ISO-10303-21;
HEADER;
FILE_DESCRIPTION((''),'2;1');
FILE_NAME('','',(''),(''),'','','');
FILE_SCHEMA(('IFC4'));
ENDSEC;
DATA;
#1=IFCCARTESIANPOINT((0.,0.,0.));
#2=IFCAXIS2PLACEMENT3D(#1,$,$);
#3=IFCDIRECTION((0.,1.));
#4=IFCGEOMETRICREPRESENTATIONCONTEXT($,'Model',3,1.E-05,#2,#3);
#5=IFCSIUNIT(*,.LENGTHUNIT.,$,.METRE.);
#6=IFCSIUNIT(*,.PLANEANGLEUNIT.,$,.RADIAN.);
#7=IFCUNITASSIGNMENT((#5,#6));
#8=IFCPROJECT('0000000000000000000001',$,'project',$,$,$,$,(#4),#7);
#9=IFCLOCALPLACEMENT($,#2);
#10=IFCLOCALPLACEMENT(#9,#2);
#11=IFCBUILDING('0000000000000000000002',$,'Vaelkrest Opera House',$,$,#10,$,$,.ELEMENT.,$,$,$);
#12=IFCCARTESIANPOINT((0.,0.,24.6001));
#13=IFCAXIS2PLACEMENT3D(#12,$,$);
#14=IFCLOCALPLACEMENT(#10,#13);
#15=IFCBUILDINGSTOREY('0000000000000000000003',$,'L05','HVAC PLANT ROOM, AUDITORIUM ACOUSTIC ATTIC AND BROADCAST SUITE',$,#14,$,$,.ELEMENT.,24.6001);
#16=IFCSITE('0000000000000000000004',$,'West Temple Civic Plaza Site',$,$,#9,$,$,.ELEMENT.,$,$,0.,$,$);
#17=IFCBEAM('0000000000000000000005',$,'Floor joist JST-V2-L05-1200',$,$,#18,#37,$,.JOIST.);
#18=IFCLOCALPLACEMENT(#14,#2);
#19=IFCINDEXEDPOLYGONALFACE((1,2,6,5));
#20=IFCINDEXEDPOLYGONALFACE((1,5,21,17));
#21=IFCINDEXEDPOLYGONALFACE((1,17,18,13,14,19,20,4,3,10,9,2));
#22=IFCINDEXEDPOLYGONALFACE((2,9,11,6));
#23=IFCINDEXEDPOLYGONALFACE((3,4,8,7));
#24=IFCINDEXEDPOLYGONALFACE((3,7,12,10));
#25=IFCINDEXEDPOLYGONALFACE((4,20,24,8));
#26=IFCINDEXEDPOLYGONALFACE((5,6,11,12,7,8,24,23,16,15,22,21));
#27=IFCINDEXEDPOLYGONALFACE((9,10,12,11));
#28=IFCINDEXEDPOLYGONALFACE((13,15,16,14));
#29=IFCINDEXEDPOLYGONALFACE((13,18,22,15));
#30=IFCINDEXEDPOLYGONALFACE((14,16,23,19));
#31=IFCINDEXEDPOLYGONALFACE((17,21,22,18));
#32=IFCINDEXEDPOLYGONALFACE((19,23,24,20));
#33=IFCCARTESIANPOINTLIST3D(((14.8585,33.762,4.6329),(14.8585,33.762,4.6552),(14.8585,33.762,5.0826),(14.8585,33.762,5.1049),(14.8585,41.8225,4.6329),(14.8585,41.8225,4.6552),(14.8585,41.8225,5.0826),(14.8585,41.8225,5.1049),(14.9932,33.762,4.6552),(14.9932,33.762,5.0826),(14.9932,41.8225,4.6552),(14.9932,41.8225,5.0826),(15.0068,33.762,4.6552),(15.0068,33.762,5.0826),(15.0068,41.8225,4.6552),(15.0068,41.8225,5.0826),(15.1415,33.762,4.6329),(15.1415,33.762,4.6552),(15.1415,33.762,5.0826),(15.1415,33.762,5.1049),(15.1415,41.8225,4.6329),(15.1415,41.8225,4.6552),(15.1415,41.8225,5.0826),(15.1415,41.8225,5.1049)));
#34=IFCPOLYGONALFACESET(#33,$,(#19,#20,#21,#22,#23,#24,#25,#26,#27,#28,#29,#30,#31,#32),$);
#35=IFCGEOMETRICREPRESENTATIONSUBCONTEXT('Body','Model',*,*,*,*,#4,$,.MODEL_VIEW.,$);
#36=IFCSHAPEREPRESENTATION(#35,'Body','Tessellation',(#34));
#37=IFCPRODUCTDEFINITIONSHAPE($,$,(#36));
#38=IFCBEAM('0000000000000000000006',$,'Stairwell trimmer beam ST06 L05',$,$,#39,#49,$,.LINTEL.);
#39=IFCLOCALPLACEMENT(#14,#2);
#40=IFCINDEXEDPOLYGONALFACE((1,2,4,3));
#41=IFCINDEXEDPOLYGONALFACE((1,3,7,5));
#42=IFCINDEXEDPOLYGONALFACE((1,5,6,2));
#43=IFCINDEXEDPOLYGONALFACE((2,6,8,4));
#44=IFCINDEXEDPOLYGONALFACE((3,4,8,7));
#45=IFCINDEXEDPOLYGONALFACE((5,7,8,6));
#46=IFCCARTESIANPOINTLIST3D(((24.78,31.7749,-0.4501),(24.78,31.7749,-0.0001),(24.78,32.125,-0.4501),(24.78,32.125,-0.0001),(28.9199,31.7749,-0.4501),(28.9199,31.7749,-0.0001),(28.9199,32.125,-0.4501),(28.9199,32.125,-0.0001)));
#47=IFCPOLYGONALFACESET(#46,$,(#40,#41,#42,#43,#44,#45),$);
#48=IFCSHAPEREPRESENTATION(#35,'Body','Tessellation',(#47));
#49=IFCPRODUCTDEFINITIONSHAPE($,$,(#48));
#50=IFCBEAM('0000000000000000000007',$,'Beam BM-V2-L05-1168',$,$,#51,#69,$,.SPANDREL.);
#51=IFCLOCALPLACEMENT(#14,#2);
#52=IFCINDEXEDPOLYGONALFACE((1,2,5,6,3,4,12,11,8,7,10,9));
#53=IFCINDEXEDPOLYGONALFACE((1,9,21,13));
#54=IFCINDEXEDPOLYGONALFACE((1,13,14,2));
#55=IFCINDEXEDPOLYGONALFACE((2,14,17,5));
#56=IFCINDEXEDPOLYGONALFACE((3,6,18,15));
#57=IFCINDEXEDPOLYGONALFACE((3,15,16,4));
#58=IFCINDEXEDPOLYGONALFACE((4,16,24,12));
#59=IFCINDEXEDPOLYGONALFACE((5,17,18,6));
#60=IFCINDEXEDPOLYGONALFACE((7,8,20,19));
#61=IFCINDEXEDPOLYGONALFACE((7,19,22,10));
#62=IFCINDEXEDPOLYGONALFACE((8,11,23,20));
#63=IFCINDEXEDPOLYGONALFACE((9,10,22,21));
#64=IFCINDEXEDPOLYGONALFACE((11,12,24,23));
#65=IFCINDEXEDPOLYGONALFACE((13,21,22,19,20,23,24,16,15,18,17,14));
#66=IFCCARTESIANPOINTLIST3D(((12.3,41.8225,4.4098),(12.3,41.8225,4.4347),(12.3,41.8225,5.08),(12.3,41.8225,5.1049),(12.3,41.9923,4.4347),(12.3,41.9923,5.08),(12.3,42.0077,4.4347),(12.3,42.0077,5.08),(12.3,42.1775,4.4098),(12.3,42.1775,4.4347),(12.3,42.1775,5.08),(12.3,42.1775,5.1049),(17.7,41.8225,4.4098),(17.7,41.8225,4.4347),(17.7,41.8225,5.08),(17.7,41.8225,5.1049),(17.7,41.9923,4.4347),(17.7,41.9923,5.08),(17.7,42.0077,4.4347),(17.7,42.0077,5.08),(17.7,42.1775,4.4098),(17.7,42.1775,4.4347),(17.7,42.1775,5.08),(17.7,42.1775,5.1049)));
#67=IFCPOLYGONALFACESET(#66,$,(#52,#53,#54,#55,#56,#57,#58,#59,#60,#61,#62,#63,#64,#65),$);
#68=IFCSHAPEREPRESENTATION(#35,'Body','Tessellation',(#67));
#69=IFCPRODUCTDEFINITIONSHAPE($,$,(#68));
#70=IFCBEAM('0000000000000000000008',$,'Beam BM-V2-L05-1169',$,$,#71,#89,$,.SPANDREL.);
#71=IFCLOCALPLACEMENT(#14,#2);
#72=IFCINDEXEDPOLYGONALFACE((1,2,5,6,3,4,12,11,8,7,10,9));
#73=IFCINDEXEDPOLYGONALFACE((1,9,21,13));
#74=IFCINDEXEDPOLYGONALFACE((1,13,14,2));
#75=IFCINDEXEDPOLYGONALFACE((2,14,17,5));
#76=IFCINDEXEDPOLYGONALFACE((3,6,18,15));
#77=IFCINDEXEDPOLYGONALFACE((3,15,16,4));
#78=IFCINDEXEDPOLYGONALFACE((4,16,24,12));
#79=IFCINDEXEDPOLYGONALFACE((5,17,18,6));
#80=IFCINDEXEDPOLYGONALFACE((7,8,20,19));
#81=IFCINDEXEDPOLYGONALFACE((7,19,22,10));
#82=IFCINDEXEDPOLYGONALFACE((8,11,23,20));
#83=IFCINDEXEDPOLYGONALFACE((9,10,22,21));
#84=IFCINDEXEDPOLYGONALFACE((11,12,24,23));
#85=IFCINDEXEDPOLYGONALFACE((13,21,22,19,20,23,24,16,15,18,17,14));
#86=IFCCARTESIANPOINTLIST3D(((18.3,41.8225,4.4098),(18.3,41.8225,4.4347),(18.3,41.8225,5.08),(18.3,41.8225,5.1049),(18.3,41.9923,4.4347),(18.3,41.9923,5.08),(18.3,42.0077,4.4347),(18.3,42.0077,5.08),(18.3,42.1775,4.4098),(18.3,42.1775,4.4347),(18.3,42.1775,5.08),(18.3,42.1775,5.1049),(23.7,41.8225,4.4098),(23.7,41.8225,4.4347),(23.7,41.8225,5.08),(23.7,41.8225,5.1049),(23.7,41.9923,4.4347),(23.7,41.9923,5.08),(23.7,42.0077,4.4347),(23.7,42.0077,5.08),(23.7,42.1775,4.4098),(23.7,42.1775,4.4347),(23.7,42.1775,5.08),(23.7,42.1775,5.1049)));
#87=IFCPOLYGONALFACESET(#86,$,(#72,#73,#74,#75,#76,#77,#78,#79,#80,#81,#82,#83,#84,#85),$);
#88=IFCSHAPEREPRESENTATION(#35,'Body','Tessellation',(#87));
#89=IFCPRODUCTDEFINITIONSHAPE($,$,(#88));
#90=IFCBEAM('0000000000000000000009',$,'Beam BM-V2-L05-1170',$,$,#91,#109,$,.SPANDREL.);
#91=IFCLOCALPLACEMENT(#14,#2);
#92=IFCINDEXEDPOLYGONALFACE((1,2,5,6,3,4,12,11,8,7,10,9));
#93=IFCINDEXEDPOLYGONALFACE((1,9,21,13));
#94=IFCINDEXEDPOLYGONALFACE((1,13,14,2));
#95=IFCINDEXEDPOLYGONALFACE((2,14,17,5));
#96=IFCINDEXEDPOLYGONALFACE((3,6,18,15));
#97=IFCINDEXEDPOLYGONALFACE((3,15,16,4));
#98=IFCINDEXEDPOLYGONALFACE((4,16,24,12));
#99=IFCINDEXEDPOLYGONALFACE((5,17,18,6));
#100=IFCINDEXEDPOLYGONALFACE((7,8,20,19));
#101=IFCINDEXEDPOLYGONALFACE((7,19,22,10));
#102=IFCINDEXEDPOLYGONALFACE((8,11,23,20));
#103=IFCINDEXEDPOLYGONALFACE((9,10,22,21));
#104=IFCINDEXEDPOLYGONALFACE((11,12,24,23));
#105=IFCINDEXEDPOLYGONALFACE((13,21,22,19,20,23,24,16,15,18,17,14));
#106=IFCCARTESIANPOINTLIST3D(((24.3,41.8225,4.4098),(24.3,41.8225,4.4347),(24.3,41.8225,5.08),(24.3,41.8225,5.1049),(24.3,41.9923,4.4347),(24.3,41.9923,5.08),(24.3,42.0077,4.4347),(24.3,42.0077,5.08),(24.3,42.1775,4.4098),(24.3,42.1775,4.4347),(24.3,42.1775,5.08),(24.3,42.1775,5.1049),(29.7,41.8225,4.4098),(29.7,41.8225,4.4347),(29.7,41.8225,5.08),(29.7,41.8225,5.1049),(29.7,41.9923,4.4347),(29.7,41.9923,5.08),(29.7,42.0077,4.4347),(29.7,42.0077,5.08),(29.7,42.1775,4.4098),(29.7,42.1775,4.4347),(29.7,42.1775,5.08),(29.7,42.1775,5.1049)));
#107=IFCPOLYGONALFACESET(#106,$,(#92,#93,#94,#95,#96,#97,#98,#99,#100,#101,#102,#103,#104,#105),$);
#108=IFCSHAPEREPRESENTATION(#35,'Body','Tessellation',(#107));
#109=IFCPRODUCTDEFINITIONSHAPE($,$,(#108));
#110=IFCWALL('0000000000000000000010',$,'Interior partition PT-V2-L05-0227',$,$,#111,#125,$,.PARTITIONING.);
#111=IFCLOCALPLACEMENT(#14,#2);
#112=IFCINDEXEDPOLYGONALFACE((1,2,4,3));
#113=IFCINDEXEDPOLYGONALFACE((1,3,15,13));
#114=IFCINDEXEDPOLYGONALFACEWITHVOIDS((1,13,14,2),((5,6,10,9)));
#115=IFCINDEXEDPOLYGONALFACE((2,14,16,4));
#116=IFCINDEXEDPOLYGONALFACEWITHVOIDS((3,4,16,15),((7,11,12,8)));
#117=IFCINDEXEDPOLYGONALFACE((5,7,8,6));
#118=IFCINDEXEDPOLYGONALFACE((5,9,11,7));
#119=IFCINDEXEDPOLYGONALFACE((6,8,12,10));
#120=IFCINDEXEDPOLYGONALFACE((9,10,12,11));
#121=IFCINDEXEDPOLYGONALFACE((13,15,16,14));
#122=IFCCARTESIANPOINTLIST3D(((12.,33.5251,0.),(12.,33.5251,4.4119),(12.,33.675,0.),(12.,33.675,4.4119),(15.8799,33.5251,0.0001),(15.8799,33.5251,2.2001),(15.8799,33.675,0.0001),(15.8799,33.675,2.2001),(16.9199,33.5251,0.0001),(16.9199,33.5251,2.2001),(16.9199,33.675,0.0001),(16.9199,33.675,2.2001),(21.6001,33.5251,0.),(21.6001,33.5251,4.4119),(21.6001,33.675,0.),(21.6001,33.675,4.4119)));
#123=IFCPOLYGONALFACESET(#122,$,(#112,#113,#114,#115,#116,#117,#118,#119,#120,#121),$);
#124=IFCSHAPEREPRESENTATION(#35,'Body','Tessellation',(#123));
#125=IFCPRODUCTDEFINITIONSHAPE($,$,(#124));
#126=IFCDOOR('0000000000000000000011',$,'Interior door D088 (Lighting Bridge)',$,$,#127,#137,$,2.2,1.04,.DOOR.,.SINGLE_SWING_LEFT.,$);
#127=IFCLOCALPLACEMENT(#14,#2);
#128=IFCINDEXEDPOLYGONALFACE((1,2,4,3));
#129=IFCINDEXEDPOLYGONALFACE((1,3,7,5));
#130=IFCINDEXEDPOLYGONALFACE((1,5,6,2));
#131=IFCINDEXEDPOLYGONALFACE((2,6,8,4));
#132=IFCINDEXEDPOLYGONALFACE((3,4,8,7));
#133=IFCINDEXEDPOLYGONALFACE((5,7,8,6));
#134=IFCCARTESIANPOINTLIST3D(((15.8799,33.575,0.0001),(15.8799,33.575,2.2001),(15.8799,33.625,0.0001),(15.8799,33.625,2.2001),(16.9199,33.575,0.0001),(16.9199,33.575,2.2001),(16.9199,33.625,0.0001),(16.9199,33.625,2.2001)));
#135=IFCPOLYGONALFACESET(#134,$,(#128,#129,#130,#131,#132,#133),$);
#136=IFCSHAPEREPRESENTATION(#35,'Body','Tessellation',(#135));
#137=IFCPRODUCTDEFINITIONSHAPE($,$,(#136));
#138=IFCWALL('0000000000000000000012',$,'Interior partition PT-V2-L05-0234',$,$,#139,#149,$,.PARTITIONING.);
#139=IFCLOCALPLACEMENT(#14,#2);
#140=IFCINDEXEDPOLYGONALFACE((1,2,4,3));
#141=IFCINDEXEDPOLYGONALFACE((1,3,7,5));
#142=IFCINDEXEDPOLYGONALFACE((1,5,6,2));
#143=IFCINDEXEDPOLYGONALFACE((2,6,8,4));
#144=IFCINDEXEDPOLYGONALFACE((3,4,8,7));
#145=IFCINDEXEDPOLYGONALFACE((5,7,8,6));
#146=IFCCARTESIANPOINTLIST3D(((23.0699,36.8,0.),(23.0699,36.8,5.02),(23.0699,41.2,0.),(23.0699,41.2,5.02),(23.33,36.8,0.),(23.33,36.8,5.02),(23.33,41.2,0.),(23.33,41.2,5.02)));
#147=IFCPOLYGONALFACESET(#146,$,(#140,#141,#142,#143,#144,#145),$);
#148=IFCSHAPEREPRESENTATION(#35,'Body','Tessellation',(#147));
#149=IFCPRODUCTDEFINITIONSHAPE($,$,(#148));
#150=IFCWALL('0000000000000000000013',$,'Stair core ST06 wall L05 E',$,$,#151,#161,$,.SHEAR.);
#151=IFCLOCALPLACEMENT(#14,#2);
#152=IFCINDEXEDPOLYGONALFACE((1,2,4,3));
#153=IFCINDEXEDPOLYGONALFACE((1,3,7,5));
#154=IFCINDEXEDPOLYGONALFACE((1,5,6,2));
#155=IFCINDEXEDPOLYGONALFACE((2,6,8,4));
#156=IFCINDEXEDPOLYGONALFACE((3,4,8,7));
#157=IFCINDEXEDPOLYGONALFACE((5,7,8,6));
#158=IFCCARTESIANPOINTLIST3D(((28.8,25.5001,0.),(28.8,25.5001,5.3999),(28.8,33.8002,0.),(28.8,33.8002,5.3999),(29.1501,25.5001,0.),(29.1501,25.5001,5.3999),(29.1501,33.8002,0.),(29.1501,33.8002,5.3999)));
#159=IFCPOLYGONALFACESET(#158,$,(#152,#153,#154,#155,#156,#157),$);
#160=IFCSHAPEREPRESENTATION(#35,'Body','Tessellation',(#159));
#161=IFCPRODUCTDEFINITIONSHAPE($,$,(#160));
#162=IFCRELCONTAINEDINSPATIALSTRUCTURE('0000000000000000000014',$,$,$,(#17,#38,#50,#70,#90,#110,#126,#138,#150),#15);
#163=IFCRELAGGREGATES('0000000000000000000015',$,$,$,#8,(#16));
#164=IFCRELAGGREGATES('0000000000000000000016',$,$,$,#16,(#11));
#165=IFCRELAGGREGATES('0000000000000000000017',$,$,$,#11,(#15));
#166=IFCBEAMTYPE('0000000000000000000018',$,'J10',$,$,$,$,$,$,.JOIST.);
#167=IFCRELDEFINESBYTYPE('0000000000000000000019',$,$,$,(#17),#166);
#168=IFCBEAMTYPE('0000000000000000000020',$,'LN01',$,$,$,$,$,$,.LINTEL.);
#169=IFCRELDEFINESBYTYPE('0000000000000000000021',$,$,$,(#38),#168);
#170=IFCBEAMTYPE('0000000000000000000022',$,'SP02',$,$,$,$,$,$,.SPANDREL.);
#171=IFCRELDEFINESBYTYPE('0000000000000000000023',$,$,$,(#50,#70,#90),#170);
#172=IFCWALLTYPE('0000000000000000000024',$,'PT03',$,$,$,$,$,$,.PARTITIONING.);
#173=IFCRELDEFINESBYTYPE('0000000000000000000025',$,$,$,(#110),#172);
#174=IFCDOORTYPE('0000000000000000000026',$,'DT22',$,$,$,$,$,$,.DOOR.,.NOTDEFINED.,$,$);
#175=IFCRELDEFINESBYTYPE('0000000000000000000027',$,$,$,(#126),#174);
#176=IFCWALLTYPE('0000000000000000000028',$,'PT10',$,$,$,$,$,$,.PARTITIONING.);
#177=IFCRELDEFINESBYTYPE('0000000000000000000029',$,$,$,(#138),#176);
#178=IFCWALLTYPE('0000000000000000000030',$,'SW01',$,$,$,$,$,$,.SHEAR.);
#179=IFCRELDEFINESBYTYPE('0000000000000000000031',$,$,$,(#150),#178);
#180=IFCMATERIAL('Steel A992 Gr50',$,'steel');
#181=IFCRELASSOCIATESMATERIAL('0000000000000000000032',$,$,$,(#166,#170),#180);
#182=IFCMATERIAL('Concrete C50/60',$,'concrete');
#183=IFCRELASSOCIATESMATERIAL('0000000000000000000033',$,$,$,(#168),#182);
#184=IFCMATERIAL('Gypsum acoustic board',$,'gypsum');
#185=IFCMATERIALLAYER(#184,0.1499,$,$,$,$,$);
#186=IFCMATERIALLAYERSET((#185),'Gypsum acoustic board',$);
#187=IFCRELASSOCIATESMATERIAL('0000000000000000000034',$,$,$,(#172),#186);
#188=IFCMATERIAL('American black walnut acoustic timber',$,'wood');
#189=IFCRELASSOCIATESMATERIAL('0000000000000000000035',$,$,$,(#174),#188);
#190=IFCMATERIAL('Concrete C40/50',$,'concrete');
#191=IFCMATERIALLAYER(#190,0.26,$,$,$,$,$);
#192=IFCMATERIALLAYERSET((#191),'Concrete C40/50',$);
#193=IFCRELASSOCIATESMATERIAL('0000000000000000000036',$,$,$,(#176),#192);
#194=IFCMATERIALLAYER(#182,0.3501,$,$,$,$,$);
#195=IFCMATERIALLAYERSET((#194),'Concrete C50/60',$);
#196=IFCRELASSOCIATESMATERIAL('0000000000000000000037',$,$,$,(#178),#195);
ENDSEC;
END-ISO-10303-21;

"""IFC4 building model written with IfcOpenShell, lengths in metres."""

from ifc_helpers import new_model, si_unit, direction, frame, frame_2d, origin, origin_2d, place, context, subcontext, project, spatial, rectangle, i_section, extrude, material, layer, layer_set, material_profile, profile_set, type_object, element, fill, save


model = new_model("IFC4")

# Units and contexts
model_context = context("Model", 3, precision=1e-05, world=origin(), true_north=direction((0.0, 1.0)))
body_context = subcontext(model_context, "Body", "Model", "MODEL_VIEW")
ifc_project = project(units=[si_unit("LENGTHUNIT", "METRE"), si_unit("PLANEANGLEUNIT", "RADIAN")], contexts=[model_context])

# Site, building, storey
site_placement = place(None, origin())
site = spatial("IfcSite", under=ifc_project, at=site_placement, Name="West Temple Civic Plaza Site", CompositionType="ELEMENT", RefElevation=0.0)
building_placement = place(site_placement, origin())
building = spatial("IfcBuilding", under=site, at=building_placement, Name="Vaelkrest Opera House", CompositionType="ELEMENT")
storey_placement = place(building_placement, frame((0.0, 0.0, 24.6001)))
storey = spatial("IfcBuildingStorey", under=building, at=storey_placement, Name="L05", Description="HVAC PLANT ROOM, AUDITORIUM ACOUSTIC ATTIC AND BROADCAST SUITE", CompositionType="ELEMENT", Elevation=24.6001)

# Shared definitions
ifc_material_1 = material(Name="Concrete C50/60", Category="concrete")

# Beams
ifc_material_2 = material(Name="Steel A992 Gr50", Category="steel")
ifc_material_profile_1 = material_profile(ifc_material_2, i_section(OverallWidth=0.283, OverallDepth=0.4719, WebThickness=0.0137, FlangeThickness=0.0222, at=origin_2d()), Name="W18X97")
ifc_profile_set_1 = profile_set([ifc_material_profile_1], Name="Steel A992 Gr50")
beam_type_1 = type_object("IfcBeamType", Name="J10", PredefinedType="JOIST", material=ifc_profile_set_1)
beam_1_placement = place(storey_placement, frame((15.0, 33.762, 4.8689), z_axis=(0.0, 1.0, 0.0), x_axis=(-1.0, 0.0, 0.0)))
element("IfcBeam", 1, at=beam_1_placement, inside=storey, type_object=beam_type_1, Name="Floor joist JST-V2-L05-1200", PredefinedType="JOIST", context=body_context, shape_type="SweptSolid", body=[
    extrude(i_section(OverallWidth=0.283, OverallDepth=0.4719, WebThickness=0.0137, FlangeThickness=0.0222, at=origin_2d()), origin(), (0.0, 0.0, 1.0), 8.0605),
])
ifc_material_profile_2 = material_profile(ifc_material_1, rectangle(XDim=0.3501, YDim=0.45, at=origin_2d()), Name="RCB350X450")
ifc_profile_set_2 = profile_set([ifc_material_profile_2], Name="Concrete C50/60")
beam_type_2 = type_object("IfcBeamType", Name="LN01", PredefinedType="LINTEL", material=ifc_profile_set_2)
beam_2_placement = place(storey_placement, frame((24.78, 31.95, -0.2251), z_axis=(1.0, 0.0, 0.0), x_axis=(0.0, 1.0, 0.0)))
element("IfcBeam", 2, at=beam_2_placement, inside=storey, type_object=beam_type_2, Name="Stairwell trimmer beam ST06 L05", PredefinedType="LINTEL", context=body_context, shape_type="SweptSolid", body=[
    extrude(rectangle(XDim=0.3501, YDim=0.45, at=origin_2d()), origin(), (0.0, 0.0, 1.0), 4.1399),
])
ifc_material_profile_3 = material_profile(ifc_material_2, i_section(OverallWidth=0.355, OverallDepth=0.6951, WebThickness=0.0154, FlangeThickness=0.0249, at=origin_2d()), Name="W27X146")
ifc_profile_set_3 = profile_set([ifc_material_profile_3], Name="Steel A992 Gr50")
beam_type_3 = type_object("IfcBeamType", Name="SP02", PredefinedType="SPANDREL", material=ifc_profile_set_3)
for number, where, z_axis, x_axis, name in (
    (3, (12.3, 42.0, 4.7573), (1.0, 0.0, 0.0), (0.0, 1.0, 0.0), "Beam BM-V2-L05-1168"),
    (4, (18.3, 42.0, 4.7573), (1.0, 0.0, 0.0), (0.0, 1.0, 0.0), "Beam BM-V2-L05-1169"),
    (5, (24.3, 42.0, 4.7573), (1.0, 0.0, 0.0), (0.0, 1.0, 0.0), "Beam BM-V2-L05-1170"),
):
    element("IfcBeam", number, at=place(storey_placement, frame(where, z_axis=z_axis, x_axis=x_axis)), inside=storey, type_object=beam_type_3, Name=name, PredefinedType="SPANDREL", context=body_context, shape_type="SweptSolid", body=[
        extrude(i_section(OverallWidth=0.355, OverallDepth=0.6951, WebThickness=0.0154, FlangeThickness=0.0249, at=origin_2d()), origin(), (0.0, 0.0, 1.0), 5.3999),
    ])

# Wall, opening, door
ifc_material_3 = material(Name="Gypsum acoustic board", Category="gypsum")
ifc_layer_1 = layer(ifc_material_3, 0.1499)
ifc_layer_set_1 = layer_set([ifc_layer_1], Name="Gypsum acoustic board")
wall_type_1 = type_object("IfcWallType", Name="PT03", PredefinedType="PARTITIONING", material=ifc_layer_set_1)
wall_1_placement = place(storey_placement, frame((12.0, 33.6001, 0.0), z_axis=(0.0, 0.0, 1.0), x_axis=(1.0, 0.0, 0.0)))
wall_1 = element("IfcWall", 6, at=wall_1_placement, inside=storey, type_object=wall_type_1, Name="Interior partition PT-V2-L05-0227", PredefinedType="PARTITIONING", context=body_context, shape_type="SweptSolid", body=[
    extrude(rectangle(XDim=9.6001, YDim=0.1499, at=frame_2d((4.8, 0.0))), origin(), (0.0, 0.0, 1.0), 4.4119),
])
opening_1_placement = place(wall_1_placement, frame((3.8799, 0.0, 0.0)))
opening_1 = element("IfcOpeningElement", 7, at=opening_1_placement, cuts=wall_1, PredefinedType="OPENING", context=body_context, shape_type="SweptSolid", body=[
    extrude(rectangle(XDim=1.04, YDim=2.2, at=frame_2d((0.52, 1.1001))), frame((0.0, 0.085, 0.0), z_axis=(0.0, -1.0, 0.0), x_axis=(1.0, 0.0, 0.0)), (0.0, 0.0, 1.0), 0.1699),
])
ifc_material_4 = material(Name="American black walnut acoustic timber", Category="wood")
door_type_1 = type_object("IfcDoorType", Name="DT22", OperationType="NOTDEFINED", PredefinedType="DOOR", material=ifc_material_4)
door_1_placement = place(opening_1_placement, origin())
door_1 = element("IfcDoor", 8, at=door_1_placement, inside=storey, type_object=door_type_1, Name="Interior door D088 (Lighting Bridge)", OperationType="SINGLE_SWING_LEFT", OverallHeight=2.2, OverallWidth=1.04, PredefinedType="DOOR", context=body_context, shape_type="SweptSolid", body=[
    extrude(rectangle(XDim=1.04, YDim=2.2, at=frame_2d((0.52, 1.1001))), frame((0.0, 0.0249, 0.0), z_axis=(0.0, -1.0, 0.0), x_axis=(1.0, 0.0, 0.0)), (0.0, 0.0, 1.0), 0.05),
])
fill(opening_1, door_1)

# Wall
ifc_material_5 = material(Name="Concrete C40/50", Category="concrete")
ifc_layer_2 = layer(ifc_material_5, 0.26)
ifc_layer_set_2 = layer_set([ifc_layer_2], Name="Concrete C40/50")
wall_type_2 = type_object("IfcWallType", Name="PT10", PredefinedType="PARTITIONING", material=ifc_layer_set_2)
wall_2_placement = place(storey_placement, frame((23.2, 36.8, 0.0), z_axis=(0.0, 0.0, 1.0), x_axis=(0.0, 1.0, 0.0)))
element("IfcWall", 9, at=wall_2_placement, inside=storey, type_object=wall_type_2, Name="Interior partition PT-V2-L05-0234", PredefinedType="PARTITIONING", context=body_context, shape_type="SweptSolid", body=[
    extrude(rectangle(XDim=4.3999, YDim=0.26, at=frame_2d((2.2, 0.0))), origin(), (0.0, 0.0, 1.0), 5.02),
])

# Shared definitions
ifc_layer_3 = layer(ifc_material_1, 0.3501)
ifc_layer_set_3 = layer_set([ifc_layer_3], Name="Concrete C50/60")
wall_type_3 = type_object("IfcWallType", Name="SW01", PredefinedType="SHEAR", material=ifc_layer_set_3)

# Wall
wall_3_placement = place(storey_placement, frame((28.9751, 33.8, 0.0), z_axis=(0.0, 0.0, 1.0), x_axis=(0.0, -1.0, 0.0)))
element("IfcWall", 10, at=wall_3_placement, inside=storey, type_object=wall_type_3, Name="Stair core ST06 wall L05 E", PredefinedType="SHEAR", context=body_context, shape_type="SweptSolid", body=[
    extrude(rectangle(XDim=8.3, YDim=0.3501, at=frame_2d((4.1499, 0.0))), origin(), (0.0, 0.0, 1.0), 5.3999),
])

save(model, "model.ifc")
